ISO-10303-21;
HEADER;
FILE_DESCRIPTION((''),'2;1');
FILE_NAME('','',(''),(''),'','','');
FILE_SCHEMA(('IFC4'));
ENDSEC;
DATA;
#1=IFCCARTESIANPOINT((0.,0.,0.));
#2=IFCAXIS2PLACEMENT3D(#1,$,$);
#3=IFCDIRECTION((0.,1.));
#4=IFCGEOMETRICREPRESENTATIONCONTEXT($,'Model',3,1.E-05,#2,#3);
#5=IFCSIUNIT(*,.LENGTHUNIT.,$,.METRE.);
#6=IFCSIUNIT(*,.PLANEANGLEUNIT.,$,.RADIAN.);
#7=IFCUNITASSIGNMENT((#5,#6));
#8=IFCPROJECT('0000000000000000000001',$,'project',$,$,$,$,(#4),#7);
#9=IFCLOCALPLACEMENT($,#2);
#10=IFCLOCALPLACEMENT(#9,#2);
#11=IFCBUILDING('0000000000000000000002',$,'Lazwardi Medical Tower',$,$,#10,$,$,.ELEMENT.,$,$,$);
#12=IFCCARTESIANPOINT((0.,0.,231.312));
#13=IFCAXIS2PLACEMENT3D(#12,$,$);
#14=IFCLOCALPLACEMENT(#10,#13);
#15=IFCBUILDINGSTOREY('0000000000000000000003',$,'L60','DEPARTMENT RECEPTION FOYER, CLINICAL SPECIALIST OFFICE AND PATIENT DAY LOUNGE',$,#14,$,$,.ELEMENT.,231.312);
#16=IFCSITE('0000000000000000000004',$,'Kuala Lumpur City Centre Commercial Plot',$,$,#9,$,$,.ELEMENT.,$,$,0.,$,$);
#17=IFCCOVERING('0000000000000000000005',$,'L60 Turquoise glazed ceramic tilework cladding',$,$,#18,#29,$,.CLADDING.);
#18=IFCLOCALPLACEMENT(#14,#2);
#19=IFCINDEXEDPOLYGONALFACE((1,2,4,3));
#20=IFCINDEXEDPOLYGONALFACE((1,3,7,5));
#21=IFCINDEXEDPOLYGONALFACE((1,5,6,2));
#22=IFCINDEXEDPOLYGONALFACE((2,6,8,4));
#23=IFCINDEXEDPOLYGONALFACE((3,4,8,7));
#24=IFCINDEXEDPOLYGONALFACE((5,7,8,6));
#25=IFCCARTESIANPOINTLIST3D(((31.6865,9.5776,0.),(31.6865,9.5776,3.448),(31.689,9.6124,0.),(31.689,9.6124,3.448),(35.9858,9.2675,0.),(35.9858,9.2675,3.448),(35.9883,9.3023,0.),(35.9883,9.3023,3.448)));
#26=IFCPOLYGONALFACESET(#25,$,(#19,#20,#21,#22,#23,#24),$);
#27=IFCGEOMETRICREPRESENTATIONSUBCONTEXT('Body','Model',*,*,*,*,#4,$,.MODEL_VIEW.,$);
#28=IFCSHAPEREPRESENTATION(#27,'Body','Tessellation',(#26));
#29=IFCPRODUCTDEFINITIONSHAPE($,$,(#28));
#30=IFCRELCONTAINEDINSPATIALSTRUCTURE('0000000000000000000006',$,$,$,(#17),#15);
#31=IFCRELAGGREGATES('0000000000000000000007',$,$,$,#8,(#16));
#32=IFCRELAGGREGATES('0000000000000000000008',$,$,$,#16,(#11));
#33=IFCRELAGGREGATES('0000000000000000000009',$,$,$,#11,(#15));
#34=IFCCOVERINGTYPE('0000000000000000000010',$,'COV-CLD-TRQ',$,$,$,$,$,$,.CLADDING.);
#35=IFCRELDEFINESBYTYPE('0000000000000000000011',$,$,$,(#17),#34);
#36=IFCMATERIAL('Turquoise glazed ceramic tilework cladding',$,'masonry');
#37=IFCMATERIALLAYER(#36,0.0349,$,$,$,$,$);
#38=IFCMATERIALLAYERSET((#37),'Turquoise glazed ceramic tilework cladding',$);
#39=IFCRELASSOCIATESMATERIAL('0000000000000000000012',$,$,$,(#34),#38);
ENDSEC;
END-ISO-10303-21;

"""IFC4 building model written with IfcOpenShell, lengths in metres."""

from ifc_helpers import new_model, si_unit, direction, frame, origin, origin_2d, place, context, subcontext, project, spatial, rectangle, extrude, material, layer, layer_set, type_object, element, save


model = new_model("IFC4")

# Units and contexts
model_context = context("Model", 3, precision=1e-05, world=origin(), true_north=direction((0.0, 1.0)))
body_context = subcontext(model_context, "Body", "Model", "MODEL_VIEW")
ifc_project = project(units=[si_unit("LENGTHUNIT", "METRE"), si_unit("PLANEANGLEUNIT", "RADIAN")], contexts=[model_context])

# Site, building, storey
site_placement = place(None, origin())
site = spatial("IfcSite", under=ifc_project, at=site_placement, Name="Kuala Lumpur City Centre Commercial Plot", CompositionType="ELEMENT", RefElevation=0.0)
building_placement = place(site_placement, origin())
building = spatial("IfcBuilding", under=site, at=building_placement, Name="Lazwardi Medical Tower", CompositionType="ELEMENT")
storey_placement = place(building_placement, frame((0.0, 0.0, 231.312)))
storey = spatial("IfcBuildingStorey", under=building, at=storey_placement, Name="L60", Description="DEPARTMENT RECEPTION FOYER, CLINICAL SPECIALIST OFFICE AND PATIENT DAY LOUNGE", CompositionType="ELEMENT", Elevation=231.312)

# Covering
ifc_material_1 = material(Name="Turquoise glazed ceramic tilework cladding", Category="masonry")
ifc_layer_1 = layer(ifc_material_1, 0.0349)
ifc_layer_set_1 = layer_set([ifc_layer_1], Name="Turquoise glazed ceramic tilework cladding")
covering_type_1 = type_object("IfcCoveringType", Name="COV-CLD-TRQ", PredefinedType="CLADDING", material=ifc_layer_set_1)
covering_1_placement = place(storey_placement, frame((33.8374, 9.4399, 0.0), z_axis=(0.0, 0.0, 1.0), x_axis=(0.997409, -0.07194, 0.0)))
element("IfcCovering", 1, at=covering_1_placement, inside=storey, type_object=covering_type_1, Name="L60 Turquoise glazed ceramic tilework cladding", PredefinedType="CLADDING", context=body_context, shape_type="SweptSolid", body=[
    extrude(rectangle(XDim=4.3105, YDim=0.0349, at=origin_2d()), origin(), (0.0, 0.0, 1.0), 3.448),
])

save(model, "model.ifc")
